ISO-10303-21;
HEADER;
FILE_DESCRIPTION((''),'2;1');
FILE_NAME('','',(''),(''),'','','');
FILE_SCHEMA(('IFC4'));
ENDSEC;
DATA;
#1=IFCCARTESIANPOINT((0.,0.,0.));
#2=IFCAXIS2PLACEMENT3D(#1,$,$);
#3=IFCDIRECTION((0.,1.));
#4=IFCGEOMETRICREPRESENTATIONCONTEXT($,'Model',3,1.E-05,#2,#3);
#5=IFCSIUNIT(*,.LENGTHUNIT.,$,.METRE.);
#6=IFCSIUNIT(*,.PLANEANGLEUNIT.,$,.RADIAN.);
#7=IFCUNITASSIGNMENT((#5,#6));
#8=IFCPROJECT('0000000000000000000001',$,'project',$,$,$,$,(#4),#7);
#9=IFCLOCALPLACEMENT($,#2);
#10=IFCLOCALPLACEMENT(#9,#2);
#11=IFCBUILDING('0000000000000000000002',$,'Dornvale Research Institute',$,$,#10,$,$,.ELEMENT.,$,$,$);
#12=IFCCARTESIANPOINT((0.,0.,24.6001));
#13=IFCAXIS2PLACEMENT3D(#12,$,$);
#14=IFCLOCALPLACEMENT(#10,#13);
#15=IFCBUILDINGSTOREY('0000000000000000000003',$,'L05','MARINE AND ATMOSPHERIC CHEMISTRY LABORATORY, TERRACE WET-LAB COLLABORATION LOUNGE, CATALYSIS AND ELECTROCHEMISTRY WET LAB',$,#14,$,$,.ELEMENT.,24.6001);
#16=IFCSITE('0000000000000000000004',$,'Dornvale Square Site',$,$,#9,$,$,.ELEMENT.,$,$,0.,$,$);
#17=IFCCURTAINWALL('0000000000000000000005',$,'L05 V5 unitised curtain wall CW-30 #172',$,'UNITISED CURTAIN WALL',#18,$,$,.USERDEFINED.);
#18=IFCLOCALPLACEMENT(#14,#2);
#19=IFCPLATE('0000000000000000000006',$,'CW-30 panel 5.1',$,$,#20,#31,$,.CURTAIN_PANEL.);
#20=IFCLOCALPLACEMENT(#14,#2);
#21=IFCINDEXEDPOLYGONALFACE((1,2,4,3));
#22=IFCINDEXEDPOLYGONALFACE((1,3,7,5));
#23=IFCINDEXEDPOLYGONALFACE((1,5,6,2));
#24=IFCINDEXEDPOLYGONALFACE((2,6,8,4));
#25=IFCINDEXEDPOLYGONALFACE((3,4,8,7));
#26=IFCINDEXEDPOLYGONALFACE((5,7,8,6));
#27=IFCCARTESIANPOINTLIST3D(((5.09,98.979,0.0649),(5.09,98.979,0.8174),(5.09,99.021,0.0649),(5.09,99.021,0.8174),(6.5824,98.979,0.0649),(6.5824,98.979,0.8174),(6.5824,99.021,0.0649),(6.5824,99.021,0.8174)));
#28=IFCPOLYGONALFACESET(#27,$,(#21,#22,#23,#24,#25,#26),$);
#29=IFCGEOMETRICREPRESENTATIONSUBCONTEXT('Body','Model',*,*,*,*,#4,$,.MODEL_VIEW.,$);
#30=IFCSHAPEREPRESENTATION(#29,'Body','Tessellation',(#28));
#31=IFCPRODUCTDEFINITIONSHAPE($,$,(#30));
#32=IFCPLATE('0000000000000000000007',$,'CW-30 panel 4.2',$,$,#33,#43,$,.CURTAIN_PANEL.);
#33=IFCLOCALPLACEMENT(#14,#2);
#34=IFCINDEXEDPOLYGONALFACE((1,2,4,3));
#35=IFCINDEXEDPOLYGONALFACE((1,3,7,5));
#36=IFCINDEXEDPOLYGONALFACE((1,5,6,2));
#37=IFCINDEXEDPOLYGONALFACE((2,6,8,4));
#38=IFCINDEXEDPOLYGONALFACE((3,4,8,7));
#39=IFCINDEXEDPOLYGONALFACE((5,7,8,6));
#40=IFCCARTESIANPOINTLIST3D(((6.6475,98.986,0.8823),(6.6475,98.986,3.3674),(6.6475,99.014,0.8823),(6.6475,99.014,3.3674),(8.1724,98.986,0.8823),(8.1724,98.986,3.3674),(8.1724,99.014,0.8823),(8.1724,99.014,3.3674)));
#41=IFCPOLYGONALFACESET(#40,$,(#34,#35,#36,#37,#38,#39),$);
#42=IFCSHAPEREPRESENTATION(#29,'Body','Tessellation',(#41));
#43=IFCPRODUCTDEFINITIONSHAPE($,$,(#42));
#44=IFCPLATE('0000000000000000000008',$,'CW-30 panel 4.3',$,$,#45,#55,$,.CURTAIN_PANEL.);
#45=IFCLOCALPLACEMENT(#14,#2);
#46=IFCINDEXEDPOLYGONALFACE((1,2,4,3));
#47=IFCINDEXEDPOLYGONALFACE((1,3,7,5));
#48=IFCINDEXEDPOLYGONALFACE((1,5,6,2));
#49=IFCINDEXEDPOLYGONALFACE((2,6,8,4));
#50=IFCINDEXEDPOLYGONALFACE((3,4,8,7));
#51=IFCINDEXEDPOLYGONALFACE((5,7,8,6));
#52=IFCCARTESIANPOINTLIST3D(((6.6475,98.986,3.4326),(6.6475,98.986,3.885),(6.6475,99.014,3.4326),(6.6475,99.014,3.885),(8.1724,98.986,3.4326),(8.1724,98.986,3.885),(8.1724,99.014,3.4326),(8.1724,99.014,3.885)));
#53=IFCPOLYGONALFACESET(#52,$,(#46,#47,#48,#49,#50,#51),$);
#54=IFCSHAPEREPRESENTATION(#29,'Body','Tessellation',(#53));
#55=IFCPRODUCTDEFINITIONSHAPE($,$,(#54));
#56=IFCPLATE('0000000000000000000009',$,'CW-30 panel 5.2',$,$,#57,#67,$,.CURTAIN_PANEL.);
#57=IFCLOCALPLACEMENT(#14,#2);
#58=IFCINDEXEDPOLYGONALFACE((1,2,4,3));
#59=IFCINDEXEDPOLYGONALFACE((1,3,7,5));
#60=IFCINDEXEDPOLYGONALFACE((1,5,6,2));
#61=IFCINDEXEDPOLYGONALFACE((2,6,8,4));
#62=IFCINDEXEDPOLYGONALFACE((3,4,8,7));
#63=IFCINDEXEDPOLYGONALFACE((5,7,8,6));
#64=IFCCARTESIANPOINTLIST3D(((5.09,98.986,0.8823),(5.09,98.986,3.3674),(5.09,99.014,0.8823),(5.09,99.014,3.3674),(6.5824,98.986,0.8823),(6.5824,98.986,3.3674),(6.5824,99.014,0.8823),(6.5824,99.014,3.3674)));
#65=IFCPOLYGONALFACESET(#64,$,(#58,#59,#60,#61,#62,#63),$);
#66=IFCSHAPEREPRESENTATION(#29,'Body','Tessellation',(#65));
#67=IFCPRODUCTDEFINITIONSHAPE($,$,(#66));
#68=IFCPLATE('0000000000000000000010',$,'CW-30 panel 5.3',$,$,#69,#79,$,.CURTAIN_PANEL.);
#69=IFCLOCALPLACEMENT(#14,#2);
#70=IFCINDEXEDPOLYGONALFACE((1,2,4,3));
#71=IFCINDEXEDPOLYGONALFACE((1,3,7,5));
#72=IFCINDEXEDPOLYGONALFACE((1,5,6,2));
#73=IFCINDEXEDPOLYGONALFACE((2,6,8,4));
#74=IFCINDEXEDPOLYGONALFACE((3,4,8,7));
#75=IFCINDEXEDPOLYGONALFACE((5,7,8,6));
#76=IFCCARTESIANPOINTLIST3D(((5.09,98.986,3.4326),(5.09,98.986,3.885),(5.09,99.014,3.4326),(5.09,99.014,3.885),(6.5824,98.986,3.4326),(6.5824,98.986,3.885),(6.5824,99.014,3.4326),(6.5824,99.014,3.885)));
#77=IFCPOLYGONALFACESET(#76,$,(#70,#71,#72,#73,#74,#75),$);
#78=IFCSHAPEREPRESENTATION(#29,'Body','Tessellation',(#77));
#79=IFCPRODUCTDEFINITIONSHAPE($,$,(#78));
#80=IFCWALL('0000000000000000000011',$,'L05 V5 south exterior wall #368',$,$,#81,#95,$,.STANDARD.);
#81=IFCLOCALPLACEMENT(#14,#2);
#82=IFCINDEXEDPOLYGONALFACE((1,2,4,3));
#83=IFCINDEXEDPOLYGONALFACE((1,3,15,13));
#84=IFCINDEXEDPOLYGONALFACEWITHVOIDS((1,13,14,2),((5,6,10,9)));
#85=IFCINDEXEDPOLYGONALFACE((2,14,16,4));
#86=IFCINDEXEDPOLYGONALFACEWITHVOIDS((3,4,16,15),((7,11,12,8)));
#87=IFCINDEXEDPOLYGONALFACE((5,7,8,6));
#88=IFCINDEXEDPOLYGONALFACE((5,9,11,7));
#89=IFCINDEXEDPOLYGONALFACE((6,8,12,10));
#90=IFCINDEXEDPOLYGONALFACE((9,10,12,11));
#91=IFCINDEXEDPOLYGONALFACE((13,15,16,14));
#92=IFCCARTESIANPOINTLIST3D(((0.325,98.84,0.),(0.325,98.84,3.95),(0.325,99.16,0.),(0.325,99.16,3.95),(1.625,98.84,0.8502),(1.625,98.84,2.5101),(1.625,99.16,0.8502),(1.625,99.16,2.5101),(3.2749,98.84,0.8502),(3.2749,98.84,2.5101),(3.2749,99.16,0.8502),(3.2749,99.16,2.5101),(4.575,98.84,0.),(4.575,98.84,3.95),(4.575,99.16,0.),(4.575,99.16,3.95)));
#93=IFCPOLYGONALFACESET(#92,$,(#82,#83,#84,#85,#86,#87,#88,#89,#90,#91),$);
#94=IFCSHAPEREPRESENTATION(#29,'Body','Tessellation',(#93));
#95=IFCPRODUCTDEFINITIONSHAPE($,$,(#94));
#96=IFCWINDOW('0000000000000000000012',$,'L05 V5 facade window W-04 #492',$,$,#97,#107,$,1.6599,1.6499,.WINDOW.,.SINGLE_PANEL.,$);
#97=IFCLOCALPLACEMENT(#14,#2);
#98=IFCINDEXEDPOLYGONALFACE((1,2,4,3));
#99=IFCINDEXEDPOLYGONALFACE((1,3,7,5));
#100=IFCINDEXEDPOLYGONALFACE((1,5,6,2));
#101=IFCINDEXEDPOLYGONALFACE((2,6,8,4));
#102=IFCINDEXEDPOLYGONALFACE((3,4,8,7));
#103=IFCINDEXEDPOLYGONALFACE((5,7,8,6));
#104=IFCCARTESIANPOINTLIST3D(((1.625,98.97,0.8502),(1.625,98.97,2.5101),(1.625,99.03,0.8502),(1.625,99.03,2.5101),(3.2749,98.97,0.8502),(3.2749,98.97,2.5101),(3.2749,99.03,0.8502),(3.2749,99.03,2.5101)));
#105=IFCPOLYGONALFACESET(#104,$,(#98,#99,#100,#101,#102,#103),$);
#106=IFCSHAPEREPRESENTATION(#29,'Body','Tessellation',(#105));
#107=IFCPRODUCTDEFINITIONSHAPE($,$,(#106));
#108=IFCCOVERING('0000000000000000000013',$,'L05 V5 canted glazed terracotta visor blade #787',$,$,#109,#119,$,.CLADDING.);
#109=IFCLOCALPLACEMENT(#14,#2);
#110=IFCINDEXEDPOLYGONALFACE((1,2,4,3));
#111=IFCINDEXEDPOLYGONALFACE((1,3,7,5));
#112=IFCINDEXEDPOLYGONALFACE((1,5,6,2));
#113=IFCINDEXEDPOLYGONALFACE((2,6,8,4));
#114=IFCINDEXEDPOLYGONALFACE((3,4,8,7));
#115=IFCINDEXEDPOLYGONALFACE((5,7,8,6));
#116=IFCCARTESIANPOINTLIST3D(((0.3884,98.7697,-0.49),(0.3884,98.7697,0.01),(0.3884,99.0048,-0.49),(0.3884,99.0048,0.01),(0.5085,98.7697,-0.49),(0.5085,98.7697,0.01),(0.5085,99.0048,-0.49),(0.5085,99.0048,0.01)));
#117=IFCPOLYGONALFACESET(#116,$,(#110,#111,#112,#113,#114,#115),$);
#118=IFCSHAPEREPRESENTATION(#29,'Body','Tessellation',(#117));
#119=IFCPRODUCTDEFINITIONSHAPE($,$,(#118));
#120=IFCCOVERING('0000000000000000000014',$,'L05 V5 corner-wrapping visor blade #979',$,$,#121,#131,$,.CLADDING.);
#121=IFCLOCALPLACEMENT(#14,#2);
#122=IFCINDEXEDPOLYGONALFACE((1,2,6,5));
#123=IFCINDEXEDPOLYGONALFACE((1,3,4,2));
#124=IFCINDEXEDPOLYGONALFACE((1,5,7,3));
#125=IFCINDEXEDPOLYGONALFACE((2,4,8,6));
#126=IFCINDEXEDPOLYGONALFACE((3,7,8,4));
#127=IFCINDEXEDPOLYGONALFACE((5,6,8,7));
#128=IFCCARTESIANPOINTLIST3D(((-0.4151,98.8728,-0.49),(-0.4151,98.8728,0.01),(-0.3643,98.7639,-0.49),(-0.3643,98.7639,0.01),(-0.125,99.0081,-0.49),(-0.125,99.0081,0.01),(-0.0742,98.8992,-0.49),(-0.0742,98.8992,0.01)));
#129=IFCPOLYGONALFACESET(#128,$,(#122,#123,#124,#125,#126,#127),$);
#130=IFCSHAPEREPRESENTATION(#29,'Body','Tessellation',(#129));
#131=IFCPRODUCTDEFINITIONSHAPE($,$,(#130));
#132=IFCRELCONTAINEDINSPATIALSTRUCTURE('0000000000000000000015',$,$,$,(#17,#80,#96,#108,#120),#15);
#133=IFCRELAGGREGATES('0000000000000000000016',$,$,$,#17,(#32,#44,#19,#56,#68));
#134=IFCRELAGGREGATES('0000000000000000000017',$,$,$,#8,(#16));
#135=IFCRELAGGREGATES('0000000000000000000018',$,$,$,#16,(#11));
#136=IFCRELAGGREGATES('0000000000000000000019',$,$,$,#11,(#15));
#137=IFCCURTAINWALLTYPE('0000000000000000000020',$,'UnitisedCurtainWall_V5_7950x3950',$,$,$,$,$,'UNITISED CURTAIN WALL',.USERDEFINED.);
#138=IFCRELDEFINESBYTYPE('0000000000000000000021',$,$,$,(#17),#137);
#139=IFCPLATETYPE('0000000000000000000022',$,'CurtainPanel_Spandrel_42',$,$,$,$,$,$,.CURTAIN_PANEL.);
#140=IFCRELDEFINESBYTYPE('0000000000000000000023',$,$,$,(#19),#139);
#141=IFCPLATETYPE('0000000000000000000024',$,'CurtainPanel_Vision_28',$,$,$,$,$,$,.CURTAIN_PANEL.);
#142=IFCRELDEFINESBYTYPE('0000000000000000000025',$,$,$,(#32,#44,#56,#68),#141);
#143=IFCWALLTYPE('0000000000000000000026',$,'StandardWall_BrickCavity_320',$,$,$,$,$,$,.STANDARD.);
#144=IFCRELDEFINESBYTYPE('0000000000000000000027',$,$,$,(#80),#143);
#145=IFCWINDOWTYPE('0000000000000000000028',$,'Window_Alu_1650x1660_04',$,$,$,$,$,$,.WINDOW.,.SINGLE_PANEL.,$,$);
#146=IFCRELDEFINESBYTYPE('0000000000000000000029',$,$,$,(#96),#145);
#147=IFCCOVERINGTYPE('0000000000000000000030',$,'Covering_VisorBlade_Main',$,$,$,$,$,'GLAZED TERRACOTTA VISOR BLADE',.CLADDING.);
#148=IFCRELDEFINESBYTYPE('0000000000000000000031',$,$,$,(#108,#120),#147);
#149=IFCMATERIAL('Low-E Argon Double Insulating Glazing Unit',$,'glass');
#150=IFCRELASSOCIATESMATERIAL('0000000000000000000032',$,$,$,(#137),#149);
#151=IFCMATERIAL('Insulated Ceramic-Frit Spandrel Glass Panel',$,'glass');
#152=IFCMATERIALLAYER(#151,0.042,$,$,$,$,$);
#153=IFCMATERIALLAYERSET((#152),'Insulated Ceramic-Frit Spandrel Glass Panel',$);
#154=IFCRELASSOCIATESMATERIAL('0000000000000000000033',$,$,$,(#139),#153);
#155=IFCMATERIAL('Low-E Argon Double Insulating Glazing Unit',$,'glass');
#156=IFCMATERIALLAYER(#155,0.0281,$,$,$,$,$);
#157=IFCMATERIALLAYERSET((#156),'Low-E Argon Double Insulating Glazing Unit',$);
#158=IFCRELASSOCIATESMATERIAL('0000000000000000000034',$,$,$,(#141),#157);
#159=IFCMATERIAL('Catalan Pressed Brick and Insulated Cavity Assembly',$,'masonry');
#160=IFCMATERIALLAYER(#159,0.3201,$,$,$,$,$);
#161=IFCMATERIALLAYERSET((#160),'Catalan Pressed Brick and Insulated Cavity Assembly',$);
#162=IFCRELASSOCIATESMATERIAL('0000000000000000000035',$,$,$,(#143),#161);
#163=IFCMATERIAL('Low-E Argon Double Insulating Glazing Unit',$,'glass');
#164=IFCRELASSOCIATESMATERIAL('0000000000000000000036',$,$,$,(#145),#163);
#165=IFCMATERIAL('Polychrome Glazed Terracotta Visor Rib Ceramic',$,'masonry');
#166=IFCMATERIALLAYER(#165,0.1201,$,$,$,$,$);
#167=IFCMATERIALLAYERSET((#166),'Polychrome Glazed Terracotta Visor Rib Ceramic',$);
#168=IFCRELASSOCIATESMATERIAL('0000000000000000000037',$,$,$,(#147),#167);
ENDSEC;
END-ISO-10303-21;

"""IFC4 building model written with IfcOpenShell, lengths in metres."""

from ifc_helpers import new_model, si_unit, direction, frame, frame_2d, origin, origin_2d, place, context, subcontext, project, spatial, rectangle, extrude, material, layer, layer_set, type_object, element, fill, aggregate, save


model = new_model("IFC4")

# Units and contexts
model_context = context("Model", 3, precision=1e-05, world=origin(), true_north=direction((0.0, 1.0)))
body_context = subcontext(model_context, "Body", "Model", "MODEL_VIEW")
ifc_project = project(units=[si_unit("LENGTHUNIT", "METRE"), si_unit("PLANEANGLEUNIT", "RADIAN")], contexts=[model_context])

# Site, building, storey
site_placement = place(None, origin())
site = spatial("IfcSite", under=ifc_project, at=site_placement, Name="Dornvale Square Site", CompositionType="ELEMENT", RefElevation=0.0)
building_placement = place(site_placement, origin())
building = spatial("IfcBuilding", under=site, at=building_placement, Name="Dornvale Research Institute", CompositionType="ELEMENT")
storey_placement = place(building_placement, frame((0.0, 0.0, 24.6001)))
storey = spatial("IfcBuildingStorey", under=building, at=storey_placement, Name="L05", Description="MARINE AND ATMOSPHERIC CHEMISTRY LABORATORY, TERRACE WET-LAB COLLABORATION LOUNGE, CATALYSIS AND ELECTROCHEMISTRY WET LAB", CompositionType="ELEMENT", Elevation=24.6001)

# Curtain wall
ifc_material_1 = material(Name="Low-E Argon Double Insulating Glazing Unit", Category="glass")
curtain_wall_type = type_object("IfcCurtainWallType", Name="UnitisedCurtainWall_V5_7950x3950", ElementType="UNITISED CURTAIN WALL", PredefinedType="USERDEFINED", material=ifc_material_1)
curtain_wall_placement = place(storey_placement, origin())
curtain_wall = element("IfcCurtainWall", 1, at=curtain_wall_placement, inside=storey, type_object=curtain_wall_type, Name="L05 V5 unitised curtain wall CW-30 #172", ObjectType="UNITISED CURTAIN WALL", PredefinedType="USERDEFINED")

# Plates
ifc_material_2 = material(Name="Insulated Ceramic-Frit Spandrel Glass Panel", Category="glass")
ifc_layer_1 = layer(ifc_material_2, 0.042)
ifc_layer_set_1 = layer_set([ifc_layer_1], Name="Insulated Ceramic-Frit Spandrel Glass Panel")
plate_type_1 = type_object("IfcPlateType", Name="CurtainPanel_Spandrel_42", PredefinedType="CURTAIN_PANEL", material=ifc_layer_set_1)
plate_1_placement = place(storey_placement, frame((5.8362, 99.0, 0.0649), z_axis=(0.0, 0.0, 1.0), x_axis=(-1.0, 0.0, 0.0)))
plate_1 = element("IfcPlate", 2, at=plate_1_placement, type_object=plate_type_1, Name="CW-30 panel 5.1", PredefinedType="CURTAIN_PANEL", context=body_context, shape_type="SweptSolid", body=[
    extrude(rectangle(XDim=1.4924, YDim=0.042, at=origin_2d()), origin(), (0.0, 0.0, 1.0), 0.7524),
])
ifc_material_3 = material(Name="Low-E Argon Double Insulating Glazing Unit", Category="glass")
ifc_layer_2 = layer(ifc_material_3, 0.0281)
ifc_layer_set_2 = layer_set([ifc_layer_2], Name="Low-E Argon Double Insulating Glazing Unit")
plate_type_2 = type_object("IfcPlateType", Name="CurtainPanel_Vision_28", PredefinedType="CURTAIN_PANEL", material=ifc_layer_set_2)
plate_2_placement = place(storey_placement, frame((7.4099, 99.0, 0.8823), z_axis=(0.0, 0.0, 1.0), x_axis=(-1.0, 0.0, 0.0)))
plate_2 = element("IfcPlate", 3, at=plate_2_placement, type_object=plate_type_2, Name="CW-30 panel 4.2", PredefinedType="CURTAIN_PANEL", context=body_context, shape_type="SweptSolid", body=[
    extrude(rectangle(XDim=1.5249, YDim=0.0281, at=origin_2d()), origin(), (0.0, 0.0, 1.0), 2.4851),
])
plate_3_placement = place(storey_placement, frame((7.4099, 99.0, 3.4326), z_axis=(0.0, 0.0, 1.0), x_axis=(-1.0, 0.0, 0.0)))
plate_3 = element("IfcPlate", 4, at=plate_3_placement, type_object=plate_type_2, Name="CW-30 panel 4.3", PredefinedType="CURTAIN_PANEL", context=body_context, shape_type="SweptSolid", body=[
    extrude(rectangle(XDim=1.5249, YDim=0.0281, at=origin_2d()), origin(), (0.0, 0.0, 1.0), 0.4524),
])
plate_4_placement = place(storey_placement, frame((5.8362, 99.0, 0.8823), z_axis=(0.0, 0.0, 1.0), x_axis=(-1.0, 0.0, 0.0)))
plate_4 = element("IfcPlate", 5, at=plate_4_placement, type_object=plate_type_2, Name="CW-30 panel 5.2", PredefinedType="CURTAIN_PANEL", context=body_context, shape_type="SweptSolid", body=[
    extrude(rectangle(XDim=1.4924, YDim=0.0281, at=origin_2d()), origin(), (0.0, 0.0, 1.0), 2.4851),
])
plate_5_placement = place(storey_placement, frame((5.8362, 99.0, 3.4326), z_axis=(0.0, 0.0, 1.0), x_axis=(-1.0, 0.0, 0.0)))
plate_5 = element("IfcPlate", 6, at=plate_5_placement, type_object=plate_type_2, Name="CW-30 panel 5.3", PredefinedType="CURTAIN_PANEL", context=body_context, shape_type="SweptSolid", body=[
    extrude(rectangle(XDim=1.4924, YDim=0.0281, at=origin_2d()), origin(), (0.0, 0.0, 1.0), 0.4524),
])
aggregate(curtain_wall, [plate_2, plate_3, plate_1, plate_4, plate_5])

# Wall, opening, window
ifc_material_4 = material(Name="Catalan Pressed Brick and Insulated Cavity Assembly", Category="masonry")
ifc_layer_3 = layer(ifc_material_4, 0.3201)
ifc_layer_set_3 = layer_set([ifc_layer_3], Name="Catalan Pressed Brick and Insulated Cavity Assembly")
wall_type = type_object("IfcWallType", Name="StandardWall_BrickCavity_320", PredefinedType="STANDARD", material=ifc_layer_set_3)
wall_placement = place(storey_placement, frame((4.575, 99.0, 0.0), z_axis=(0.0, 0.0, 1.0), x_axis=(-1.0, 0.0, 0.0)))
wall = element("IfcWall", 7, at=wall_placement, inside=storey, type_object=wall_type, Name="L05 V5 south exterior wall #368", PredefinedType="STANDARD", context=body_context, shape_type="SweptSolid", body=[
    extrude(rectangle(XDim=4.25, YDim=0.3201, at=frame_2d((2.125, 0.0))), origin(), (0.0, 0.0, 1.0), 3.95),
])
opening_placement = place(wall_placement, frame((1.3, 0.0, 0.8501)))
opening = element("IfcOpeningElement", 8, at=opening_placement, cuts=wall, PredefinedType="OPENING", context=body_context, shape_type="SweptSolid", body=[
    extrude(rectangle(XDim=1.6499, YDim=1.6599, at=frame_2d((0.825, 0.8301))), frame((0.0, 0.175, 0.0), z_axis=(0.0, -1.0, 0.0), x_axis=(1.0, 0.0, 0.0)), (0.0, 0.0, 1.0), 0.3501),
])
ifc_material_5 = material(Name="Low-E Argon Double Insulating Glazing Unit", Category="glass")
window_type = type_object("IfcWindowType", Name="Window_Alu_1650x1660_04", PartitioningType="SINGLE_PANEL", PredefinedType="WINDOW", material=ifc_material_5)
window_placement = place(opening_placement, origin())
window = element("IfcWindow", 9, at=window_placement, inside=storey, type_object=window_type, Name="L05 V5 facade window W-04 #492", OverallHeight=1.6599, OverallWidth=1.6499, PartitioningType="SINGLE_PANEL", PredefinedType="WINDOW", context=body_context, shape_type="SweptSolid", body=[
    extrude(rectangle(XDim=1.6499, YDim=1.6599, at=frame_2d((0.825, 0.8301))), frame((0.0, 0.03, 0.0), z_axis=(0.0, -1.0, 0.0), x_axis=(1.0, 0.0, 0.0)), (0.0, 0.0, 1.0), 0.0601),
])
fill(opening, window)

# Coverings
ifc_material_6 = material(Name="Polychrome Glazed Terracotta Visor Rib Ceramic", Category="masonry")
ifc_layer_4 = layer(ifc_material_6, 0.1201)
ifc_layer_set_4 = layer_set([ifc_layer_4], Name="Polychrome Glazed Terracotta Visor Rib Ceramic")
covering_type = type_object("IfcCoveringType", Name="Covering_VisorBlade_Main", ElementType="GLAZED TERRACOTTA VISOR BLADE", PredefinedType="CLADDING", material=ifc_layer_set_4)
covering_1_placement = place(storey_placement, frame((0.4485, 98.8872, -0.49), z_axis=(0.0, 0.0, 1.0), x_axis=(0.0, 1.0, 0.0)))
element("IfcCovering", 10, at=covering_1_placement, inside=storey, type_object=covering_type, Name="L05 V5 canted glazed terracotta visor blade #787", PredefinedType="CLADDING", context=body_context, shape_type="SweptSolid", body=[
    extrude(rectangle(XDim=0.2351, YDim=0.1201, at=origin_2d()), origin(), (0.0, 0.0, 1.0), 0.5),
])
covering_2_placement = place(storey_placement, frame((-0.2446, 98.886, -0.49), z_axis=(0.0, 0.0, 1.0), x_axis=(-0.906308, -0.422618, 0.0)))
element("IfcCovering", 11, at=covering_2_placement, inside=storey, type_object=covering_type, Name="L05 V5 corner-wrapping visor blade #979", PredefinedType="CLADDING", context=body_context, shape_type="SweptSolid", body=[
    extrude(rectangle(XDim=0.3201, YDim=0.1201, at=origin_2d()), origin(), (0.0, 0.0, 1.0), 0.5),
])

save(model, "model.ifc")
